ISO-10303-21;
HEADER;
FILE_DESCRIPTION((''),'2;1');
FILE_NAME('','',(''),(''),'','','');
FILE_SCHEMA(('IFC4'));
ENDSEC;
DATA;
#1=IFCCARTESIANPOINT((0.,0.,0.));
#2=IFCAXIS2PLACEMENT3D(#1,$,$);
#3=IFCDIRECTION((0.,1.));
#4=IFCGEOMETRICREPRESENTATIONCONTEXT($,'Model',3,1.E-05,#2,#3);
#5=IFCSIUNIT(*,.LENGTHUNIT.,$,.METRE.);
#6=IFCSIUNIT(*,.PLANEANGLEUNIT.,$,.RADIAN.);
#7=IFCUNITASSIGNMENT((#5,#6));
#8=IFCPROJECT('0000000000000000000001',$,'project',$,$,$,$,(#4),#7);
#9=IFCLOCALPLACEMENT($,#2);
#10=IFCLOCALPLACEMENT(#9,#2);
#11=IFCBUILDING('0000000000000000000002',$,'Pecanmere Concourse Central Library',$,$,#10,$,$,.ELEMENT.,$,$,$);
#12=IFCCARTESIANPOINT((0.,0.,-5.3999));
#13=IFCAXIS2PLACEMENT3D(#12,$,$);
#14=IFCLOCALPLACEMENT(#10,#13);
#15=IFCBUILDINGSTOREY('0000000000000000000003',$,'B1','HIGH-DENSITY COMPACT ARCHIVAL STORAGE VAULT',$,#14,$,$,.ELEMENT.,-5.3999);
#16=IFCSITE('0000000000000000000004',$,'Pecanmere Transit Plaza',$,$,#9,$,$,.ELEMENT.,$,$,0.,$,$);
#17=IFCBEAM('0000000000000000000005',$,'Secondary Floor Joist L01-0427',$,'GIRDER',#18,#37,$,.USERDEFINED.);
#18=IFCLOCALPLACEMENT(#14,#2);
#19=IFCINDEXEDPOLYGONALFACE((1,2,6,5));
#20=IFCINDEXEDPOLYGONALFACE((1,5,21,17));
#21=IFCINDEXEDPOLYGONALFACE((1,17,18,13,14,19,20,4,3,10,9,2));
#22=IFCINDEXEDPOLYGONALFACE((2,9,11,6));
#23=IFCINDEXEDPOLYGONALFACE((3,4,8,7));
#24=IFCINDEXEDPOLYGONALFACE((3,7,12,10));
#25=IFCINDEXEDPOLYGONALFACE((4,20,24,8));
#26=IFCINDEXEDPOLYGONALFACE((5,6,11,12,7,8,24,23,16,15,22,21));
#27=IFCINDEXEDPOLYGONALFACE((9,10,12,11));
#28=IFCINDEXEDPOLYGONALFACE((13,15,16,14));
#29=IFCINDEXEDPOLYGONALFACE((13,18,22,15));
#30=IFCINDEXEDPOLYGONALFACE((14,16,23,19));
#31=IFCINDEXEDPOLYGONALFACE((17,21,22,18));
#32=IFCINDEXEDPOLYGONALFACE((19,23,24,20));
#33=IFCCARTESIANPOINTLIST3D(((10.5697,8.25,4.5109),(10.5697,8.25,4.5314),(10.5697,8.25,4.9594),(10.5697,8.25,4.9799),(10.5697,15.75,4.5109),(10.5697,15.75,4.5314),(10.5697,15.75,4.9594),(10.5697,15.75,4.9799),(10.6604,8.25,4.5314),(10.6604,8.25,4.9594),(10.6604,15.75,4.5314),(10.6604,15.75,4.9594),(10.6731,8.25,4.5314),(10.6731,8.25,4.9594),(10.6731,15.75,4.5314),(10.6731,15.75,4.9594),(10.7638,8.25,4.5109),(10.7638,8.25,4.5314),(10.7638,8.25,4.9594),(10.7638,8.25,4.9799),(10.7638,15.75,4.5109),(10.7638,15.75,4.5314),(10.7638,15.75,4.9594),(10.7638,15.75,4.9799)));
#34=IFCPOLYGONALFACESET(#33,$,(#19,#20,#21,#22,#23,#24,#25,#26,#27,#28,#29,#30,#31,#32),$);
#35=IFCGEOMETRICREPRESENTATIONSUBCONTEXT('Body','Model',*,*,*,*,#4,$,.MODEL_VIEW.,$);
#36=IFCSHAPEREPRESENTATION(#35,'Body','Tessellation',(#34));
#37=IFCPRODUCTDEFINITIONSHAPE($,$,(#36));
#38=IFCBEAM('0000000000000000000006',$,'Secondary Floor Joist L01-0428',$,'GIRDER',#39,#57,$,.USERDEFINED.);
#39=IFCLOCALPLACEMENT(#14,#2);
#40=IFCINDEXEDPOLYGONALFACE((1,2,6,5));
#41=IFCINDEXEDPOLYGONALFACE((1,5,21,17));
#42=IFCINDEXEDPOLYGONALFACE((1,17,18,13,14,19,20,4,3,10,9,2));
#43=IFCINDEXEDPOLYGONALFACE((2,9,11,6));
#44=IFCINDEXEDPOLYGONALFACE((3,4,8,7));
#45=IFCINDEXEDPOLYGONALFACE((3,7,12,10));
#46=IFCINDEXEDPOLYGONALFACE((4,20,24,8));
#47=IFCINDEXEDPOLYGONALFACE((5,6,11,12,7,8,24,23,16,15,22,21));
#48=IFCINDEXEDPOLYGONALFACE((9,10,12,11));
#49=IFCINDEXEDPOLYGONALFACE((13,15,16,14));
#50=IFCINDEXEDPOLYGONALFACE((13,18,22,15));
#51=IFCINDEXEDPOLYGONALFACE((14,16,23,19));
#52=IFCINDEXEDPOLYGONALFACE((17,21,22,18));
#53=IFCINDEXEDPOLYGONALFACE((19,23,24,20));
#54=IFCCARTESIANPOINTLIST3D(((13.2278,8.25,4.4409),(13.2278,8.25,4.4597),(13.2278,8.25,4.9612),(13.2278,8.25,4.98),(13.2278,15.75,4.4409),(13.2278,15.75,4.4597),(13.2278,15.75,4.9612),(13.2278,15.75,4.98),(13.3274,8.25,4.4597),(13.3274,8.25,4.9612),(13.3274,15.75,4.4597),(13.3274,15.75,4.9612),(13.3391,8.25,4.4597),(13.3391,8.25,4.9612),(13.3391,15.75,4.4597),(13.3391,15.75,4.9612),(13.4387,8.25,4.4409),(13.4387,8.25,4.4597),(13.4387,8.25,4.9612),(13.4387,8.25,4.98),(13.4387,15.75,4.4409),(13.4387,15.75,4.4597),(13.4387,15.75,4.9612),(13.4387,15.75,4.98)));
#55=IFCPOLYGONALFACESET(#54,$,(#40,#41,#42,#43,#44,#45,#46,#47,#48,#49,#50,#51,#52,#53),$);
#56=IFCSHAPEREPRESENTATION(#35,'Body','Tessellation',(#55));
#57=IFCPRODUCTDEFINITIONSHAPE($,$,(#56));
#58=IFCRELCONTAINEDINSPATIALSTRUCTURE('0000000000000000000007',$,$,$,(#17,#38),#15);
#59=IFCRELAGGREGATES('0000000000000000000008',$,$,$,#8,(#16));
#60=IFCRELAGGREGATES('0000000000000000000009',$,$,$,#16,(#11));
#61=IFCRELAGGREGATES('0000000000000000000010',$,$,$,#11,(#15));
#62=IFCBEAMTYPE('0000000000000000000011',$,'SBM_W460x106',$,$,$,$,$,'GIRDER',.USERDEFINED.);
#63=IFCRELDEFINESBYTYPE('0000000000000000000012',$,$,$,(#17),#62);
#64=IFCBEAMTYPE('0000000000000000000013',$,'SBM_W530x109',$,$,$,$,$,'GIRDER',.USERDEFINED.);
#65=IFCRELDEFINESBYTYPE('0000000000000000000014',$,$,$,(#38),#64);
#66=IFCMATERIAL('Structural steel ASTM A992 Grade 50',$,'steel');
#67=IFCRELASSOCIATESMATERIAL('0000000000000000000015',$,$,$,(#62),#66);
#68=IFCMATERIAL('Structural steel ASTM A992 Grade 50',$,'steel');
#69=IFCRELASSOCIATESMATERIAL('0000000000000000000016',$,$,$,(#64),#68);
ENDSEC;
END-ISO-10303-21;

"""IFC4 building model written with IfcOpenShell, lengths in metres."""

from ifc_helpers import new_model, si_unit, direction, frame, origin, origin_2d, place, context, subcontext, project, spatial, i_section, extrude, material, material_profile, profile_set, type_object, element, save


model = new_model("IFC4")

# Units and contexts
model_context = context("Model", 3, precision=1e-05, world=origin(), true_north=direction((0.0, 1.0)))
body_context = subcontext(model_context, "Body", "Model", "MODEL_VIEW")
ifc_project = project(units=[si_unit("LENGTHUNIT", "METRE"), si_unit("PLANEANGLEUNIT", "RADIAN")], contexts=[model_context])

# Site, building, storey
site_placement = place(None, origin())
site = spatial("IfcSite", under=ifc_project, at=site_placement, Name="Pecanmere Transit Plaza", CompositionType="ELEMENT", RefElevation=0.0)
building_placement = place(site_placement, origin())
building = spatial("IfcBuilding", under=site, at=building_placement, Name="Pecanmere Concourse Central Library", CompositionType="ELEMENT")
storey_placement = place(building_placement, frame((0.0, 0.0, -5.3999)))
storey = spatial("IfcBuildingStorey", under=building, at=storey_placement, Name="B1", Description="HIGH-DENSITY COMPACT ARCHIVAL STORAGE VAULT", CompositionType="ELEMENT", Elevation=-5.3999)

# Beams
ifc_material_1 = material(Name="Structural steel ASTM A992 Grade 50", Category="steel")
ifc_material_profile_1 = material_profile(ifc_material_1, i_section(OverallWidth=0.1941, OverallDepth=0.469, WebThickness=0.0127, FlangeThickness=0.0205, at=origin_2d()), Name="W460x106")
ifc_profile_set_1 = profile_set([ifc_material_profile_1], Name="Structural steel ASTM A992 Grade 50")
beam_type_1 = type_object("IfcBeamType", Name="SBM_W460x106", ElementType="GIRDER", PredefinedType="USERDEFINED", material=ifc_profile_set_1)
beam_1_placement = place(storey_placement, frame((10.6667, 8.25, 4.7454), z_axis=(0.0, 1.0, 0.0), x_axis=(-1.0, 0.0, 0.0)))
element("IfcBeam", 1, at=beam_1_placement, inside=storey, type_object=beam_type_1, Name="Secondary Floor Joist L01-0427", ObjectType="GIRDER", PredefinedType="USERDEFINED", context=body_context, shape_type="SweptSolid", body=[
    extrude(i_section(OverallWidth=0.1941, OverallDepth=0.469, WebThickness=0.0127, FlangeThickness=0.0205, at=origin_2d()), origin(), (0.0, 0.0, 1.0), 7.5),
])
ifc_material_2 = material(Name="Structural steel ASTM A992 Grade 50", Category="steel")
ifc_material_profile_2 = material_profile(ifc_material_2, i_section(OverallWidth=0.2109, OverallDepth=0.5391, WebThickness=0.0117, FlangeThickness=0.0188, at=origin_2d()), Name="W530x109")
ifc_profile_set_2 = profile_set([ifc_material_profile_2], Name="Structural steel ASTM A992 Grade 50")
beam_type_2 = type_object("IfcBeamType", Name="SBM_W530x109", ElementType="GIRDER", PredefinedType="USERDEFINED", material=ifc_profile_set_2)
beam_2_placement = place(storey_placement, frame((13.3333, 8.25, 4.7104), z_axis=(0.0, 1.0, 0.0), x_axis=(-1.0, 0.0, 0.0)))
element("IfcBeam", 2, at=beam_2_placement, inside=storey, type_object=beam_type_2, Name="Secondary Floor Joist L01-0428", ObjectType="GIRDER", PredefinedType="USERDEFINED", context=body_context, shape_type="SweptSolid", body=[
    extrude(i_section(OverallWidth=0.2109, OverallDepth=0.5391, WebThickness=0.0117, FlangeThickness=0.0188, at=origin_2d()), origin(), (0.0, 0.0, 1.0), 7.5),
])

save(model, "model.ifc")
